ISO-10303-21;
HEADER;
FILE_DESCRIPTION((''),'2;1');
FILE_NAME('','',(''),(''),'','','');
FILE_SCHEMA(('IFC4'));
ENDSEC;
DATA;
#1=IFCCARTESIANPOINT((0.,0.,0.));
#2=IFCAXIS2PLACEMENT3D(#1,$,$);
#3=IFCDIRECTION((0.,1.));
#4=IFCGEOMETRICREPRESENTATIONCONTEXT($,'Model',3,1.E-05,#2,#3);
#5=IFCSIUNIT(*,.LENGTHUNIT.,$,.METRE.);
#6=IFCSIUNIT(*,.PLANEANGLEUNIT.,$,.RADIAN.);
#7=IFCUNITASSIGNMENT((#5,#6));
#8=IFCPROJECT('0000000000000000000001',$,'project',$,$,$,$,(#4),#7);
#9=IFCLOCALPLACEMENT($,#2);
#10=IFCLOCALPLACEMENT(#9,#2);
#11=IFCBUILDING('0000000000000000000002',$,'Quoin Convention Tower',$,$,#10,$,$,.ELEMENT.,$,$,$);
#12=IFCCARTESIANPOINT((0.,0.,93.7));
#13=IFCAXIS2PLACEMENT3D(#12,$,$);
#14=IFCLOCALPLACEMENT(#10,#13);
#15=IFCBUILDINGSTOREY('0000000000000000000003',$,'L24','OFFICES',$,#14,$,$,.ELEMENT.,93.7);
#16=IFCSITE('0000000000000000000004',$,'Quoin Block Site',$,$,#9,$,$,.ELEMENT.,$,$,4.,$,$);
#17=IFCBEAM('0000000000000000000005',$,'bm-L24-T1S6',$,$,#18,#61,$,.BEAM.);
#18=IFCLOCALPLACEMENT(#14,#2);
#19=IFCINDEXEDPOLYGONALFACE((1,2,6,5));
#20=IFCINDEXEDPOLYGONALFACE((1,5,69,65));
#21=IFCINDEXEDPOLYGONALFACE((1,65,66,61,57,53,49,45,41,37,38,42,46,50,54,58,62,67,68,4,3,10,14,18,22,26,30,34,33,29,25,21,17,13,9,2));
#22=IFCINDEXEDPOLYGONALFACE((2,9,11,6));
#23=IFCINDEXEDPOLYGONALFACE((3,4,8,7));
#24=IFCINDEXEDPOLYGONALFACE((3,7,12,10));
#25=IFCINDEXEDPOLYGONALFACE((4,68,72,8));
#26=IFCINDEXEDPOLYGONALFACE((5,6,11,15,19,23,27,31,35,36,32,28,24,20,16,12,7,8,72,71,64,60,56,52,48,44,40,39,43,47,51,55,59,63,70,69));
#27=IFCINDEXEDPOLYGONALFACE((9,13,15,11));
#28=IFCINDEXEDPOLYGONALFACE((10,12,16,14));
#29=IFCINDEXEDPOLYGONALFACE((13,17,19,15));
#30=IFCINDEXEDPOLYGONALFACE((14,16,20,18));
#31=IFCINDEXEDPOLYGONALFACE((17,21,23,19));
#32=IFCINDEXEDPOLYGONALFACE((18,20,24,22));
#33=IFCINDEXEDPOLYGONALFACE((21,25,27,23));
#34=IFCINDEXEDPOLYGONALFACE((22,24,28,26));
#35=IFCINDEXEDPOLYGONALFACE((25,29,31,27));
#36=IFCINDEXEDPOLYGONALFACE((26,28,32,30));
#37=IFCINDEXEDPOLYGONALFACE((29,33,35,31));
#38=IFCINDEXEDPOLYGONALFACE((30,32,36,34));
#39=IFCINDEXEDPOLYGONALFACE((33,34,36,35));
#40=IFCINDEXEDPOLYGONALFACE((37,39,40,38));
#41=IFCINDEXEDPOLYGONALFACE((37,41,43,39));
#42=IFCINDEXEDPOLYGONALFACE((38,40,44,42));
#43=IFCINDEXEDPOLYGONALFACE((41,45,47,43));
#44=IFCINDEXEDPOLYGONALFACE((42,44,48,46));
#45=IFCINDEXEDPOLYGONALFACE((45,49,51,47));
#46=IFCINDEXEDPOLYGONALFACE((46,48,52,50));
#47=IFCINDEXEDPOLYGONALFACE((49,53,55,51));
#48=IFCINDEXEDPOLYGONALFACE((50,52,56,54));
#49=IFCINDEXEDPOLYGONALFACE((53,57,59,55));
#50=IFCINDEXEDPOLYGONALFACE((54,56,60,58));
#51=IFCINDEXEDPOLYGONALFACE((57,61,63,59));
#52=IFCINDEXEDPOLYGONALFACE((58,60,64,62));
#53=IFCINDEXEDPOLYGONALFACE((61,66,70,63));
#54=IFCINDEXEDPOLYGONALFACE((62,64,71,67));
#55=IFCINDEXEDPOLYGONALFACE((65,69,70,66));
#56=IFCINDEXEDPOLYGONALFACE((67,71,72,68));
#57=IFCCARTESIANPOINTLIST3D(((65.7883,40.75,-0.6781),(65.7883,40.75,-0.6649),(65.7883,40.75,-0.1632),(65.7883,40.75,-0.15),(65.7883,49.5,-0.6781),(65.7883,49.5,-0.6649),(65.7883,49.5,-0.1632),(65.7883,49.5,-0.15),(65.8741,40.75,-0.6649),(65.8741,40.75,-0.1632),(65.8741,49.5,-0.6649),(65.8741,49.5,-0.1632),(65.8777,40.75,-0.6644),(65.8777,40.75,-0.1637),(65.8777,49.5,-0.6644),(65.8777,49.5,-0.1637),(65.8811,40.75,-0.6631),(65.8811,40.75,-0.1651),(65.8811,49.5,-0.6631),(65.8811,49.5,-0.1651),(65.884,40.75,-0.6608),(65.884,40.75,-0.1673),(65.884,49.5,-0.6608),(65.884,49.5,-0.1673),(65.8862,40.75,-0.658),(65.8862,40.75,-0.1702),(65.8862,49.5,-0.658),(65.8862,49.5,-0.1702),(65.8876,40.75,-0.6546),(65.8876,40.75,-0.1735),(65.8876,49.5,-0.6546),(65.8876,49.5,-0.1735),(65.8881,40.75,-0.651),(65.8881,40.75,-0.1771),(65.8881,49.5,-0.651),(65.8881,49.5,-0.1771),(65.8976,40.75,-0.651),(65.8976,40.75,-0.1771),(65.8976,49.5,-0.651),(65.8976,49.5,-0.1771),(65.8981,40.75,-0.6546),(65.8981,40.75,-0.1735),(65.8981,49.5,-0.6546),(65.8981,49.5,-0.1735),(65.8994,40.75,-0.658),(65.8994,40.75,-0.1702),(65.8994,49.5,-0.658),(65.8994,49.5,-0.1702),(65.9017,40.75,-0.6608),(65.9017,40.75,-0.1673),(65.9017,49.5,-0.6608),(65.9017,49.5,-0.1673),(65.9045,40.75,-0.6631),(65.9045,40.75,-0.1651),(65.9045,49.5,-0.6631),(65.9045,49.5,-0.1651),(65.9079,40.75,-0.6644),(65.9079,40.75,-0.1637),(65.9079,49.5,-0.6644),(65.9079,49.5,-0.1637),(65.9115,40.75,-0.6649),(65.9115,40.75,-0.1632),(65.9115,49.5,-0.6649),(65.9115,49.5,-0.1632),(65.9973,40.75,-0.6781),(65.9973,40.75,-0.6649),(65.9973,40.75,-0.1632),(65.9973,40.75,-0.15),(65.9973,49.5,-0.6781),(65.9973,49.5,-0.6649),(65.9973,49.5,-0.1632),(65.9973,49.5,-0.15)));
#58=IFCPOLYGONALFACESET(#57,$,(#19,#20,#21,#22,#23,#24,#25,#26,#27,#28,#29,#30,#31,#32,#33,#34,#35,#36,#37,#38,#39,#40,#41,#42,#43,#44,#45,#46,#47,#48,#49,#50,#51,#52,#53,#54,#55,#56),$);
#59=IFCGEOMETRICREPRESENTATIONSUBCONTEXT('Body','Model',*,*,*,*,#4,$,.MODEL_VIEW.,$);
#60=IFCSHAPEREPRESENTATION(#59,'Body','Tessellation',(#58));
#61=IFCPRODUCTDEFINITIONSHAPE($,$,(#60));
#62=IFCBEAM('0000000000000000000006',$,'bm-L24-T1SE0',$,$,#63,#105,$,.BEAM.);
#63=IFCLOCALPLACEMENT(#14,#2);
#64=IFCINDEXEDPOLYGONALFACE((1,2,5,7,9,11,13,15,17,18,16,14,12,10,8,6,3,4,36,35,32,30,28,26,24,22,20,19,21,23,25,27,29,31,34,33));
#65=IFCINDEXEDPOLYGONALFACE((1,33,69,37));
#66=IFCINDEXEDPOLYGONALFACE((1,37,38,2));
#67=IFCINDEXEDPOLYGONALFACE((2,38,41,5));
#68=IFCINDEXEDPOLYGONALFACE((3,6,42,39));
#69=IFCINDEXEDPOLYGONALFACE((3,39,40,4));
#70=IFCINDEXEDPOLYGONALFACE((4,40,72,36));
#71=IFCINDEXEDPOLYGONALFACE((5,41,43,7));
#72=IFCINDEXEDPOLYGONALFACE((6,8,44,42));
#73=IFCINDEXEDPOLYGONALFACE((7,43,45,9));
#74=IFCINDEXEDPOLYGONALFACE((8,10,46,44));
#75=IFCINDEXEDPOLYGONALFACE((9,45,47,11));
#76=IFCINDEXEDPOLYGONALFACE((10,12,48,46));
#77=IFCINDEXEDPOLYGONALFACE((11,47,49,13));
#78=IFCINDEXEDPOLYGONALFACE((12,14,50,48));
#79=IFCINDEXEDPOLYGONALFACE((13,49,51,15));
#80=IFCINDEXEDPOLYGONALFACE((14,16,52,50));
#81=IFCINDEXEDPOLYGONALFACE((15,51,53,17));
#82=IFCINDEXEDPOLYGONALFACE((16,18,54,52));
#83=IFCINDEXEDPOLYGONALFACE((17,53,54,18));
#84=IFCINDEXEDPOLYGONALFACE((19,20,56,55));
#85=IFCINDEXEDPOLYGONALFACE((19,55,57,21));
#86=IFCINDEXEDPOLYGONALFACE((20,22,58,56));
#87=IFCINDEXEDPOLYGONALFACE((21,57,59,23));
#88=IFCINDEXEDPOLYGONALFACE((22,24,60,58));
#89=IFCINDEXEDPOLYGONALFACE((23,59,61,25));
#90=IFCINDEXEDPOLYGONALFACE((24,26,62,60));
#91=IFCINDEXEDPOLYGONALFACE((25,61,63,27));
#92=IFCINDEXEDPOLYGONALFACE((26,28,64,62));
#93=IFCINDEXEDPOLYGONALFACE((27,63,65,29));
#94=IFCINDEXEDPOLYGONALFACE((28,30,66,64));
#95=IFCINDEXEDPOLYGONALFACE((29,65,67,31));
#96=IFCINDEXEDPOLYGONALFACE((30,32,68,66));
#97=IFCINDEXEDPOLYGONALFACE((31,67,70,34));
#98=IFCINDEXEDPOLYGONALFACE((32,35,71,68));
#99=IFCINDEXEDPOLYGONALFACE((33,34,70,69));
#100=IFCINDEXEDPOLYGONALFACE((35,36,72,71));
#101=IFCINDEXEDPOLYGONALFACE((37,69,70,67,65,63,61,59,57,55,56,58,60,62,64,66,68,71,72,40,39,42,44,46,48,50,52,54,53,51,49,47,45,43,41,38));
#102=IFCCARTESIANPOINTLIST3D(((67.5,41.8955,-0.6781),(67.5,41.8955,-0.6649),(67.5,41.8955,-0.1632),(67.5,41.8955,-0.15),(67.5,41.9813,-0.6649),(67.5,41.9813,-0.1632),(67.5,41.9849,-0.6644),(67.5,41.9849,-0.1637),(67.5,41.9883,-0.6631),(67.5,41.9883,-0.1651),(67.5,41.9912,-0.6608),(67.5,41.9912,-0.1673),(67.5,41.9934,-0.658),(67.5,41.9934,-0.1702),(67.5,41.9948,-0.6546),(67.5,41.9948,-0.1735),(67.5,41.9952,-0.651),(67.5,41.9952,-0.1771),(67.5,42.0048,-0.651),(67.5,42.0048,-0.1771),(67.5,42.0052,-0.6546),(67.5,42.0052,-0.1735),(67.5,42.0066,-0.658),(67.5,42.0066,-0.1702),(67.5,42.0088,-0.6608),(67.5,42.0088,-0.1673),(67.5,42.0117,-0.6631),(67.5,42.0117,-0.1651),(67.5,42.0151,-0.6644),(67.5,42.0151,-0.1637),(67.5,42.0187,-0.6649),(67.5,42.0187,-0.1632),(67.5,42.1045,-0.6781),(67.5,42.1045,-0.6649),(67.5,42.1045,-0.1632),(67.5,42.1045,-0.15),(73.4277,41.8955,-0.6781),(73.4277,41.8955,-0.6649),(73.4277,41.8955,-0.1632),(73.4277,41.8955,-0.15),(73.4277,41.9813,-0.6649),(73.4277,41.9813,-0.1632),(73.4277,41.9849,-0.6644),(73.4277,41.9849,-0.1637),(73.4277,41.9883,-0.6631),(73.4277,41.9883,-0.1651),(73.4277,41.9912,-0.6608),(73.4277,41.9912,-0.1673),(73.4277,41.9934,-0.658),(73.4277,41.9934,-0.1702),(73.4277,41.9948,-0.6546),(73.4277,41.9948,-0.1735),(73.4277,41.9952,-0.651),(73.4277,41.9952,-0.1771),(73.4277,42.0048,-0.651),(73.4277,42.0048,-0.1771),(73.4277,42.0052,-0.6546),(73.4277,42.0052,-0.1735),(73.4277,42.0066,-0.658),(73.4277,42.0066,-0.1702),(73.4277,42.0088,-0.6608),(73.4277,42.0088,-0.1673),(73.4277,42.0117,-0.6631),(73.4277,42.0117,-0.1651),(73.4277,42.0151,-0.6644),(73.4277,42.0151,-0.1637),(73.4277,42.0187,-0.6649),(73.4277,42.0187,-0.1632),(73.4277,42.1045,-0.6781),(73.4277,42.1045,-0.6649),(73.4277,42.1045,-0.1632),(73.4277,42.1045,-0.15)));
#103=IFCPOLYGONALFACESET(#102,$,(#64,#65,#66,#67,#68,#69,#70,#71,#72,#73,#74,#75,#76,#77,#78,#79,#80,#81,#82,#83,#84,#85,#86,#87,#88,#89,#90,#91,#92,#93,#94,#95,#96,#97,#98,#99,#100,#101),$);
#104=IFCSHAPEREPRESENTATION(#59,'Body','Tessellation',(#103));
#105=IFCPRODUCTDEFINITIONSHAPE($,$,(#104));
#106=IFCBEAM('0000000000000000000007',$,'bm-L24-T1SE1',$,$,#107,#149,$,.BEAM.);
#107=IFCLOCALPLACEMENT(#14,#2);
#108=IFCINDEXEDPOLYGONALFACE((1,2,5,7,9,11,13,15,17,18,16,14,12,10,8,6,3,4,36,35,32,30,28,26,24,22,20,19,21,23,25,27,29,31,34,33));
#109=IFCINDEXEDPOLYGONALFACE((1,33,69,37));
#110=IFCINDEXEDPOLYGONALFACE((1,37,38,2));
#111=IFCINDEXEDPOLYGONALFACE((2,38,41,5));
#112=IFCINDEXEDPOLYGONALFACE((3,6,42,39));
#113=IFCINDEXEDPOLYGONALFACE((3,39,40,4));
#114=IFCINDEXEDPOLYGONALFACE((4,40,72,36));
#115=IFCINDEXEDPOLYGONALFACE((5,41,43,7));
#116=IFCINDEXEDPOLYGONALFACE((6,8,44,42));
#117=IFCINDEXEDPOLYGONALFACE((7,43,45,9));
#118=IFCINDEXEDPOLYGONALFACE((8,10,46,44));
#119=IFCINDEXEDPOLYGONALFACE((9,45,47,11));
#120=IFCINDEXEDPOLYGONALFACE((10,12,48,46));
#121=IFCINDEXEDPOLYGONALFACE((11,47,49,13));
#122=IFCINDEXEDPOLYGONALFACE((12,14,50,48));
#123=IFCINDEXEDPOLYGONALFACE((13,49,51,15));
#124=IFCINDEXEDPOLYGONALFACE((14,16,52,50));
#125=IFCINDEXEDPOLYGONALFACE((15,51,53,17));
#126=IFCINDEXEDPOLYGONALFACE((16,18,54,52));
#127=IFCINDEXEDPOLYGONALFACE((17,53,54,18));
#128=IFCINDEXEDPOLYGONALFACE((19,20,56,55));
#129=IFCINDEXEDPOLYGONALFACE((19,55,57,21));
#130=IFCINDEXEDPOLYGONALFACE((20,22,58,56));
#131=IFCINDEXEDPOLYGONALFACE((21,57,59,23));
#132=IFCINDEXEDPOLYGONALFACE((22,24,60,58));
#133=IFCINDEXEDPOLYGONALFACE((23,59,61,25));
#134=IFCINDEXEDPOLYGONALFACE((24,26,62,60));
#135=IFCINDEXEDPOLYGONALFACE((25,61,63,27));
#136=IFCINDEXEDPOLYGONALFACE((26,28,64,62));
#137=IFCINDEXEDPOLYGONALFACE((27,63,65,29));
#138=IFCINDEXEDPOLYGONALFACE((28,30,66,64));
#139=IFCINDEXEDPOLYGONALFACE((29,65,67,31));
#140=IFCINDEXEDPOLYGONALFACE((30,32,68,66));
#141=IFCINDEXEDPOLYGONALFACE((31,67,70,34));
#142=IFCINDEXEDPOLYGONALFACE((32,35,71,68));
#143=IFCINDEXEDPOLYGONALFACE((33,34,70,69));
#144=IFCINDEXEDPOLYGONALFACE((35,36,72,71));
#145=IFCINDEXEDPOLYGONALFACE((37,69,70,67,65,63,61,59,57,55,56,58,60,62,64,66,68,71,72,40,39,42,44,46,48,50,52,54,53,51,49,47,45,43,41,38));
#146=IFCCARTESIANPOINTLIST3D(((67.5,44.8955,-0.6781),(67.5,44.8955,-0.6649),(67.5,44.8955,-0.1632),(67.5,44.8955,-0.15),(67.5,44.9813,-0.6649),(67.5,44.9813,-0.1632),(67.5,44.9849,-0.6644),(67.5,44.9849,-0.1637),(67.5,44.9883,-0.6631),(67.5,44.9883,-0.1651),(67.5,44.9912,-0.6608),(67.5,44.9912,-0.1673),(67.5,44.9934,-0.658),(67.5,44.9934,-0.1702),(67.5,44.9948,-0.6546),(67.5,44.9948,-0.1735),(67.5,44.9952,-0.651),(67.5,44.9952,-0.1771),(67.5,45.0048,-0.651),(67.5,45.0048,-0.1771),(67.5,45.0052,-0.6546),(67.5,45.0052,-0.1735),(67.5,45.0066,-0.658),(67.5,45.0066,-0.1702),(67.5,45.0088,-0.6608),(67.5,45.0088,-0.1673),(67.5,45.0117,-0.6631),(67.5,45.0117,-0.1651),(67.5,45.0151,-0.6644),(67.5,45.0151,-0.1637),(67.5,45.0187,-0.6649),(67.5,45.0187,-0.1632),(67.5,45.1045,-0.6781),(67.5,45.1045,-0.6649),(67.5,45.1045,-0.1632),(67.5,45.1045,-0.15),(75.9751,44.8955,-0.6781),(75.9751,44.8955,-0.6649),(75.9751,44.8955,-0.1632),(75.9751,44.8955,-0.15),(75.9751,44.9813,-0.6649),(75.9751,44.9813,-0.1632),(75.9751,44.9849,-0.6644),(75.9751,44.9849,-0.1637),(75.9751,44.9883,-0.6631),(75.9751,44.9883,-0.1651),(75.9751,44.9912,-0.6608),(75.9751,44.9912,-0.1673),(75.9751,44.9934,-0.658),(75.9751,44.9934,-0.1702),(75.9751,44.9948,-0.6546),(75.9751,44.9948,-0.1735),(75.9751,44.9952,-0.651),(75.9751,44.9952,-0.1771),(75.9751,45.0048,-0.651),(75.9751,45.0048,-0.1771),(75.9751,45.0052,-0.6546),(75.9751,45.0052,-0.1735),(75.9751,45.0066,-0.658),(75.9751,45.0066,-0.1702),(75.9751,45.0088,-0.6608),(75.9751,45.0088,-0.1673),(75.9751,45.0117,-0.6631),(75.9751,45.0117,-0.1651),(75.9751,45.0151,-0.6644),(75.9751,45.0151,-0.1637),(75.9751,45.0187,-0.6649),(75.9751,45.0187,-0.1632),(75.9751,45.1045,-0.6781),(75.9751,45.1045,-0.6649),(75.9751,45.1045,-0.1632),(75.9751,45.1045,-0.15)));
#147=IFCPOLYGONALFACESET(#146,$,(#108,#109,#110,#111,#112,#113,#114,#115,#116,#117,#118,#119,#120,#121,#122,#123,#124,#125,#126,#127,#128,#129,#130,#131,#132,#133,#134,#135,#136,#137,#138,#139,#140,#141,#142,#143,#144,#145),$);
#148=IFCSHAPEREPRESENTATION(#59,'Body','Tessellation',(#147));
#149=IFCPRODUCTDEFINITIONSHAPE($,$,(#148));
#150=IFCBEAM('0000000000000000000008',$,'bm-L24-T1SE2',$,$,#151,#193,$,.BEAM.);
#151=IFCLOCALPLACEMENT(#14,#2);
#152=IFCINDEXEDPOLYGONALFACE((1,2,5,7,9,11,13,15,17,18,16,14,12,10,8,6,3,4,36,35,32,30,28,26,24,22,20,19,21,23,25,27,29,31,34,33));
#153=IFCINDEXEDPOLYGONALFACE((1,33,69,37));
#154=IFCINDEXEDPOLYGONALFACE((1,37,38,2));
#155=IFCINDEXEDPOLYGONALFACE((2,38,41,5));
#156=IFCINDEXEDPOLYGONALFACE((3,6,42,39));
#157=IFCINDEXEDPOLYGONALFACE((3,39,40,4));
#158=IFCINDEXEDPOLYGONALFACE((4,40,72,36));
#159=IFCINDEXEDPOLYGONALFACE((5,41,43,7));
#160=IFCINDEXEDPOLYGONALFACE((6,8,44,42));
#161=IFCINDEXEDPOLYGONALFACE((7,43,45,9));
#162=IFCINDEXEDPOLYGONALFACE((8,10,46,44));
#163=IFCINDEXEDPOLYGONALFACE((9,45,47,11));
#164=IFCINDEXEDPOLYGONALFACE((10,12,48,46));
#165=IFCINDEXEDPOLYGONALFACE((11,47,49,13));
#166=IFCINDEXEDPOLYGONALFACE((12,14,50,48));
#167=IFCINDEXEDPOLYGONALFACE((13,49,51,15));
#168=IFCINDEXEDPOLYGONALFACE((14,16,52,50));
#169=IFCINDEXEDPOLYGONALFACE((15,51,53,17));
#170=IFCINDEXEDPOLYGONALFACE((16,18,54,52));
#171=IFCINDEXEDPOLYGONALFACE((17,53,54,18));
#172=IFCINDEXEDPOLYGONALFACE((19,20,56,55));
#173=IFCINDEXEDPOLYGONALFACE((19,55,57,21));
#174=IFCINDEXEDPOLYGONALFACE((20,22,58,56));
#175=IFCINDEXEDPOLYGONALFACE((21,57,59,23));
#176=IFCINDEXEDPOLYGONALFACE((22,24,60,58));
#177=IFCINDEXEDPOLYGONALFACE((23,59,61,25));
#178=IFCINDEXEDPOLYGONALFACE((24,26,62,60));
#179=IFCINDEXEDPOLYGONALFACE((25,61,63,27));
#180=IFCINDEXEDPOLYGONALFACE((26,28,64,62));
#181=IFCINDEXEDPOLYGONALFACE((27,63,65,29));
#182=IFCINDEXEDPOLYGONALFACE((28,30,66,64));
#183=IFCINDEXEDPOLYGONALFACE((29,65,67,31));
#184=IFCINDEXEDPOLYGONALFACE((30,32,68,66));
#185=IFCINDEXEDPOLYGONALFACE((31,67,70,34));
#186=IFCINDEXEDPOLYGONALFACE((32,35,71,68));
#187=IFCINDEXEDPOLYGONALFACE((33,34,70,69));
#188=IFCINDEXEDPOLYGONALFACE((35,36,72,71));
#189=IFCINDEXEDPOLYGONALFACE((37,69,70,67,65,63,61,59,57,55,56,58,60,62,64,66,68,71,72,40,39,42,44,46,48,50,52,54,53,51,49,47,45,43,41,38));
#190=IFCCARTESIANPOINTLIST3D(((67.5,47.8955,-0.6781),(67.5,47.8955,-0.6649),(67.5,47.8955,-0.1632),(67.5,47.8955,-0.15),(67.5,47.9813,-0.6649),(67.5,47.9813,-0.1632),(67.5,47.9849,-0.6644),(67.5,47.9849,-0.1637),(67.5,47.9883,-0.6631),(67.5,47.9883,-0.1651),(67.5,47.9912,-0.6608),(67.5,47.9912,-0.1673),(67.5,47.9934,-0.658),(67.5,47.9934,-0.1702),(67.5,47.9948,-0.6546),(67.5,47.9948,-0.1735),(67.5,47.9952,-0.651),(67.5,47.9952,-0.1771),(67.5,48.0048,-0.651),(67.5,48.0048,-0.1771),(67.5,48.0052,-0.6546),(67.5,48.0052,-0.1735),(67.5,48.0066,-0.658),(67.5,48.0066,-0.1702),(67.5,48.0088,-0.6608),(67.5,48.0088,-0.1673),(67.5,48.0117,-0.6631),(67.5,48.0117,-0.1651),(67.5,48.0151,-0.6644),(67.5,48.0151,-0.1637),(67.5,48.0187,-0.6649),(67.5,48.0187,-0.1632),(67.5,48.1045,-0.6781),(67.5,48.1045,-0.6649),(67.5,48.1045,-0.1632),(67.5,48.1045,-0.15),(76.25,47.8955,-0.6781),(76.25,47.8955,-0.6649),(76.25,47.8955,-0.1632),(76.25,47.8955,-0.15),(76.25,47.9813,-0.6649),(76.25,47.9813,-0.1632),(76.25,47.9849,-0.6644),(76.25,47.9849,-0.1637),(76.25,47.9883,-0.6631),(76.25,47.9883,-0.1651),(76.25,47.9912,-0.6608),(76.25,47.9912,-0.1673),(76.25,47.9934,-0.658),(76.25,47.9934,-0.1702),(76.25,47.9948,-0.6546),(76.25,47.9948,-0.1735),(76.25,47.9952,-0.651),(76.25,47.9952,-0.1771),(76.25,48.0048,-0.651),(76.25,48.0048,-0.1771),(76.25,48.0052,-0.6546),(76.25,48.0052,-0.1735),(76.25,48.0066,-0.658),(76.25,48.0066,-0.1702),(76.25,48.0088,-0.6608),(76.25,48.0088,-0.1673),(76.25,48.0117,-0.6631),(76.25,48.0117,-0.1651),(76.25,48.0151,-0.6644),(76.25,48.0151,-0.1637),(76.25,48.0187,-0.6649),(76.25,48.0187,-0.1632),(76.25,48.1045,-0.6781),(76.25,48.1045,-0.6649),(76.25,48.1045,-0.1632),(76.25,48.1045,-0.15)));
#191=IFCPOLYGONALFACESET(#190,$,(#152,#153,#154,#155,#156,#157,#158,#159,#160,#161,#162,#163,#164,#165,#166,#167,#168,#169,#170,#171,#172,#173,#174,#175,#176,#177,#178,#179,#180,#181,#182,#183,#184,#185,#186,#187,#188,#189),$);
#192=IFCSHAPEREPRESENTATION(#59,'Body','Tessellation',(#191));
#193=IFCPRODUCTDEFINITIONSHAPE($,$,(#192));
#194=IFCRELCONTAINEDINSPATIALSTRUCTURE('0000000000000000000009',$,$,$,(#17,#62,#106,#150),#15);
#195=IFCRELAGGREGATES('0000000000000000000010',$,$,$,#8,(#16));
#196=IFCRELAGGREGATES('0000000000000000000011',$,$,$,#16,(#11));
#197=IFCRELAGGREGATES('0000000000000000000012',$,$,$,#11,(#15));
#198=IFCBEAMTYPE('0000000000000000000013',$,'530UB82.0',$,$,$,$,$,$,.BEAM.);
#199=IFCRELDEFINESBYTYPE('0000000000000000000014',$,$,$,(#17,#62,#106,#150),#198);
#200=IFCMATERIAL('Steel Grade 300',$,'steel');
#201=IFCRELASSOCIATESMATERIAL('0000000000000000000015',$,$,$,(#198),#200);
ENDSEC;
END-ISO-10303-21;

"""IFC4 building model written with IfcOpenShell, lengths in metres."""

from ifc_helpers import new_model, si_unit, direction, frame, origin, origin_2d, place, context, subcontext, project, spatial, i_section, extrude, material, material_profile, profile_set, type_object, element, save


model = new_model("IFC4")

# Units and contexts
model_context = context("Model", 3, precision=1e-05, world=origin(), true_north=direction((0.0, 1.0)))
body_context = subcontext(model_context, "Body", "Model", "MODEL_VIEW")
ifc_project = project(units=[si_unit("LENGTHUNIT", "METRE"), si_unit("PLANEANGLEUNIT", "RADIAN")], contexts=[model_context])

# Site, building, storey
site_placement = place(None, origin())
site = spatial("IfcSite", under=ifc_project, at=site_placement, Name="Quoin Block Site", CompositionType="ELEMENT", RefElevation=4.0)
building_placement = place(site_placement, origin())
building = spatial("IfcBuilding", under=site, at=building_placement, Name="Quoin Convention Tower", CompositionType="ELEMENT")
storey_placement = place(building_placement, frame((0.0, 0.0, 93.7)))
storey = spatial("IfcBuildingStorey", under=building, at=storey_placement, Name="L24", Description="OFFICES", CompositionType="ELEMENT", Elevation=93.7)

# Beams
ifc_material_1 = material(Name="Steel Grade 300", Category="steel")
ifc_material_profile_1 = material_profile(ifc_material_1, i_section(OverallWidth=0.209, OverallDepth=0.5281, WebThickness=0.0095, FlangeThickness=0.0132, FilletRadius=0.0139, at=origin_2d()), Name="530UB82.0")
ifc_profile_set_1 = profile_set([ifc_material_profile_1], Name="Steel Grade 300")
beam_type_1 = type_object("IfcBeamType", Name="530UB82.0", PredefinedType="BEAM", material=ifc_profile_set_1)
beam_1_placement = place(storey_placement, frame((65.8928, 40.75, -0.4141), z_axis=(0.0, 1.0, 0.0), x_axis=(-1.0, 0.0, 0.0)))
element("IfcBeam", 1, at=beam_1_placement, inside=storey, type_object=beam_type_1, Name="bm-L24-T1S6", PredefinedType="BEAM", context=body_context, shape_type="SweptSolid", body=[
    extrude(i_section(OverallWidth=0.209, OverallDepth=0.5281, WebThickness=0.0095, FlangeThickness=0.0132, FilletRadius=0.0139, at=origin_2d()), origin(), (0.0, 0.0, 1.0), 8.75),
])
beam_2_placement = place(storey_placement, frame((67.5, 42.0, -0.4141), z_axis=(1.0, 0.0, 0.0), x_axis=(0.0, 1.0, 0.0)))
element("IfcBeam", 2, at=beam_2_placement, inside=storey, type_object=beam_type_1, Name="bm-L24-T1SE0", PredefinedType="BEAM", context=body_context, shape_type="SweptSolid", body=[
    extrude(i_section(OverallWidth=0.209, OverallDepth=0.5281, WebThickness=0.0095, FlangeThickness=0.0132, FilletRadius=0.0139, at=origin_2d()), origin(), (0.0, 0.0, 1.0), 5.9277),
])
beam_3_placement = place(storey_placement, frame((67.5, 45.0, -0.4141), z_axis=(1.0, 0.0, 0.0), x_axis=(0.0, 1.0, 0.0)))
element("IfcBeam", 3, at=beam_3_placement, inside=storey, type_object=beam_type_1, Name="bm-L24-T1SE1", PredefinedType="BEAM", context=body_context, shape_type="SweptSolid", body=[
    extrude(i_section(OverallWidth=0.209, OverallDepth=0.5281, WebThickness=0.0095, FlangeThickness=0.0132, FilletRadius=0.0139, at=origin_2d()), origin(), (0.0, 0.0, 1.0), 8.4751),
])
beam_4_placement = place(storey_placement, frame((67.5, 48.0, -0.4141), z_axis=(1.0, 0.0, 0.0), x_axis=(0.0, 1.0, 0.0)))
element("IfcBeam", 4, at=beam_4_placement, inside=storey, type_object=beam_type_1, Name="bm-L24-T1SE2", PredefinedType="BEAM", context=body_context, shape_type="SweptSolid", body=[
    extrude(i_section(OverallWidth=0.209, OverallDepth=0.5281, WebThickness=0.0095, FlangeThickness=0.0132, FilletRadius=0.0139, at=origin_2d()), origin(), (0.0, 0.0, 1.0), 8.75),
])

save(model, "model.ifc")
